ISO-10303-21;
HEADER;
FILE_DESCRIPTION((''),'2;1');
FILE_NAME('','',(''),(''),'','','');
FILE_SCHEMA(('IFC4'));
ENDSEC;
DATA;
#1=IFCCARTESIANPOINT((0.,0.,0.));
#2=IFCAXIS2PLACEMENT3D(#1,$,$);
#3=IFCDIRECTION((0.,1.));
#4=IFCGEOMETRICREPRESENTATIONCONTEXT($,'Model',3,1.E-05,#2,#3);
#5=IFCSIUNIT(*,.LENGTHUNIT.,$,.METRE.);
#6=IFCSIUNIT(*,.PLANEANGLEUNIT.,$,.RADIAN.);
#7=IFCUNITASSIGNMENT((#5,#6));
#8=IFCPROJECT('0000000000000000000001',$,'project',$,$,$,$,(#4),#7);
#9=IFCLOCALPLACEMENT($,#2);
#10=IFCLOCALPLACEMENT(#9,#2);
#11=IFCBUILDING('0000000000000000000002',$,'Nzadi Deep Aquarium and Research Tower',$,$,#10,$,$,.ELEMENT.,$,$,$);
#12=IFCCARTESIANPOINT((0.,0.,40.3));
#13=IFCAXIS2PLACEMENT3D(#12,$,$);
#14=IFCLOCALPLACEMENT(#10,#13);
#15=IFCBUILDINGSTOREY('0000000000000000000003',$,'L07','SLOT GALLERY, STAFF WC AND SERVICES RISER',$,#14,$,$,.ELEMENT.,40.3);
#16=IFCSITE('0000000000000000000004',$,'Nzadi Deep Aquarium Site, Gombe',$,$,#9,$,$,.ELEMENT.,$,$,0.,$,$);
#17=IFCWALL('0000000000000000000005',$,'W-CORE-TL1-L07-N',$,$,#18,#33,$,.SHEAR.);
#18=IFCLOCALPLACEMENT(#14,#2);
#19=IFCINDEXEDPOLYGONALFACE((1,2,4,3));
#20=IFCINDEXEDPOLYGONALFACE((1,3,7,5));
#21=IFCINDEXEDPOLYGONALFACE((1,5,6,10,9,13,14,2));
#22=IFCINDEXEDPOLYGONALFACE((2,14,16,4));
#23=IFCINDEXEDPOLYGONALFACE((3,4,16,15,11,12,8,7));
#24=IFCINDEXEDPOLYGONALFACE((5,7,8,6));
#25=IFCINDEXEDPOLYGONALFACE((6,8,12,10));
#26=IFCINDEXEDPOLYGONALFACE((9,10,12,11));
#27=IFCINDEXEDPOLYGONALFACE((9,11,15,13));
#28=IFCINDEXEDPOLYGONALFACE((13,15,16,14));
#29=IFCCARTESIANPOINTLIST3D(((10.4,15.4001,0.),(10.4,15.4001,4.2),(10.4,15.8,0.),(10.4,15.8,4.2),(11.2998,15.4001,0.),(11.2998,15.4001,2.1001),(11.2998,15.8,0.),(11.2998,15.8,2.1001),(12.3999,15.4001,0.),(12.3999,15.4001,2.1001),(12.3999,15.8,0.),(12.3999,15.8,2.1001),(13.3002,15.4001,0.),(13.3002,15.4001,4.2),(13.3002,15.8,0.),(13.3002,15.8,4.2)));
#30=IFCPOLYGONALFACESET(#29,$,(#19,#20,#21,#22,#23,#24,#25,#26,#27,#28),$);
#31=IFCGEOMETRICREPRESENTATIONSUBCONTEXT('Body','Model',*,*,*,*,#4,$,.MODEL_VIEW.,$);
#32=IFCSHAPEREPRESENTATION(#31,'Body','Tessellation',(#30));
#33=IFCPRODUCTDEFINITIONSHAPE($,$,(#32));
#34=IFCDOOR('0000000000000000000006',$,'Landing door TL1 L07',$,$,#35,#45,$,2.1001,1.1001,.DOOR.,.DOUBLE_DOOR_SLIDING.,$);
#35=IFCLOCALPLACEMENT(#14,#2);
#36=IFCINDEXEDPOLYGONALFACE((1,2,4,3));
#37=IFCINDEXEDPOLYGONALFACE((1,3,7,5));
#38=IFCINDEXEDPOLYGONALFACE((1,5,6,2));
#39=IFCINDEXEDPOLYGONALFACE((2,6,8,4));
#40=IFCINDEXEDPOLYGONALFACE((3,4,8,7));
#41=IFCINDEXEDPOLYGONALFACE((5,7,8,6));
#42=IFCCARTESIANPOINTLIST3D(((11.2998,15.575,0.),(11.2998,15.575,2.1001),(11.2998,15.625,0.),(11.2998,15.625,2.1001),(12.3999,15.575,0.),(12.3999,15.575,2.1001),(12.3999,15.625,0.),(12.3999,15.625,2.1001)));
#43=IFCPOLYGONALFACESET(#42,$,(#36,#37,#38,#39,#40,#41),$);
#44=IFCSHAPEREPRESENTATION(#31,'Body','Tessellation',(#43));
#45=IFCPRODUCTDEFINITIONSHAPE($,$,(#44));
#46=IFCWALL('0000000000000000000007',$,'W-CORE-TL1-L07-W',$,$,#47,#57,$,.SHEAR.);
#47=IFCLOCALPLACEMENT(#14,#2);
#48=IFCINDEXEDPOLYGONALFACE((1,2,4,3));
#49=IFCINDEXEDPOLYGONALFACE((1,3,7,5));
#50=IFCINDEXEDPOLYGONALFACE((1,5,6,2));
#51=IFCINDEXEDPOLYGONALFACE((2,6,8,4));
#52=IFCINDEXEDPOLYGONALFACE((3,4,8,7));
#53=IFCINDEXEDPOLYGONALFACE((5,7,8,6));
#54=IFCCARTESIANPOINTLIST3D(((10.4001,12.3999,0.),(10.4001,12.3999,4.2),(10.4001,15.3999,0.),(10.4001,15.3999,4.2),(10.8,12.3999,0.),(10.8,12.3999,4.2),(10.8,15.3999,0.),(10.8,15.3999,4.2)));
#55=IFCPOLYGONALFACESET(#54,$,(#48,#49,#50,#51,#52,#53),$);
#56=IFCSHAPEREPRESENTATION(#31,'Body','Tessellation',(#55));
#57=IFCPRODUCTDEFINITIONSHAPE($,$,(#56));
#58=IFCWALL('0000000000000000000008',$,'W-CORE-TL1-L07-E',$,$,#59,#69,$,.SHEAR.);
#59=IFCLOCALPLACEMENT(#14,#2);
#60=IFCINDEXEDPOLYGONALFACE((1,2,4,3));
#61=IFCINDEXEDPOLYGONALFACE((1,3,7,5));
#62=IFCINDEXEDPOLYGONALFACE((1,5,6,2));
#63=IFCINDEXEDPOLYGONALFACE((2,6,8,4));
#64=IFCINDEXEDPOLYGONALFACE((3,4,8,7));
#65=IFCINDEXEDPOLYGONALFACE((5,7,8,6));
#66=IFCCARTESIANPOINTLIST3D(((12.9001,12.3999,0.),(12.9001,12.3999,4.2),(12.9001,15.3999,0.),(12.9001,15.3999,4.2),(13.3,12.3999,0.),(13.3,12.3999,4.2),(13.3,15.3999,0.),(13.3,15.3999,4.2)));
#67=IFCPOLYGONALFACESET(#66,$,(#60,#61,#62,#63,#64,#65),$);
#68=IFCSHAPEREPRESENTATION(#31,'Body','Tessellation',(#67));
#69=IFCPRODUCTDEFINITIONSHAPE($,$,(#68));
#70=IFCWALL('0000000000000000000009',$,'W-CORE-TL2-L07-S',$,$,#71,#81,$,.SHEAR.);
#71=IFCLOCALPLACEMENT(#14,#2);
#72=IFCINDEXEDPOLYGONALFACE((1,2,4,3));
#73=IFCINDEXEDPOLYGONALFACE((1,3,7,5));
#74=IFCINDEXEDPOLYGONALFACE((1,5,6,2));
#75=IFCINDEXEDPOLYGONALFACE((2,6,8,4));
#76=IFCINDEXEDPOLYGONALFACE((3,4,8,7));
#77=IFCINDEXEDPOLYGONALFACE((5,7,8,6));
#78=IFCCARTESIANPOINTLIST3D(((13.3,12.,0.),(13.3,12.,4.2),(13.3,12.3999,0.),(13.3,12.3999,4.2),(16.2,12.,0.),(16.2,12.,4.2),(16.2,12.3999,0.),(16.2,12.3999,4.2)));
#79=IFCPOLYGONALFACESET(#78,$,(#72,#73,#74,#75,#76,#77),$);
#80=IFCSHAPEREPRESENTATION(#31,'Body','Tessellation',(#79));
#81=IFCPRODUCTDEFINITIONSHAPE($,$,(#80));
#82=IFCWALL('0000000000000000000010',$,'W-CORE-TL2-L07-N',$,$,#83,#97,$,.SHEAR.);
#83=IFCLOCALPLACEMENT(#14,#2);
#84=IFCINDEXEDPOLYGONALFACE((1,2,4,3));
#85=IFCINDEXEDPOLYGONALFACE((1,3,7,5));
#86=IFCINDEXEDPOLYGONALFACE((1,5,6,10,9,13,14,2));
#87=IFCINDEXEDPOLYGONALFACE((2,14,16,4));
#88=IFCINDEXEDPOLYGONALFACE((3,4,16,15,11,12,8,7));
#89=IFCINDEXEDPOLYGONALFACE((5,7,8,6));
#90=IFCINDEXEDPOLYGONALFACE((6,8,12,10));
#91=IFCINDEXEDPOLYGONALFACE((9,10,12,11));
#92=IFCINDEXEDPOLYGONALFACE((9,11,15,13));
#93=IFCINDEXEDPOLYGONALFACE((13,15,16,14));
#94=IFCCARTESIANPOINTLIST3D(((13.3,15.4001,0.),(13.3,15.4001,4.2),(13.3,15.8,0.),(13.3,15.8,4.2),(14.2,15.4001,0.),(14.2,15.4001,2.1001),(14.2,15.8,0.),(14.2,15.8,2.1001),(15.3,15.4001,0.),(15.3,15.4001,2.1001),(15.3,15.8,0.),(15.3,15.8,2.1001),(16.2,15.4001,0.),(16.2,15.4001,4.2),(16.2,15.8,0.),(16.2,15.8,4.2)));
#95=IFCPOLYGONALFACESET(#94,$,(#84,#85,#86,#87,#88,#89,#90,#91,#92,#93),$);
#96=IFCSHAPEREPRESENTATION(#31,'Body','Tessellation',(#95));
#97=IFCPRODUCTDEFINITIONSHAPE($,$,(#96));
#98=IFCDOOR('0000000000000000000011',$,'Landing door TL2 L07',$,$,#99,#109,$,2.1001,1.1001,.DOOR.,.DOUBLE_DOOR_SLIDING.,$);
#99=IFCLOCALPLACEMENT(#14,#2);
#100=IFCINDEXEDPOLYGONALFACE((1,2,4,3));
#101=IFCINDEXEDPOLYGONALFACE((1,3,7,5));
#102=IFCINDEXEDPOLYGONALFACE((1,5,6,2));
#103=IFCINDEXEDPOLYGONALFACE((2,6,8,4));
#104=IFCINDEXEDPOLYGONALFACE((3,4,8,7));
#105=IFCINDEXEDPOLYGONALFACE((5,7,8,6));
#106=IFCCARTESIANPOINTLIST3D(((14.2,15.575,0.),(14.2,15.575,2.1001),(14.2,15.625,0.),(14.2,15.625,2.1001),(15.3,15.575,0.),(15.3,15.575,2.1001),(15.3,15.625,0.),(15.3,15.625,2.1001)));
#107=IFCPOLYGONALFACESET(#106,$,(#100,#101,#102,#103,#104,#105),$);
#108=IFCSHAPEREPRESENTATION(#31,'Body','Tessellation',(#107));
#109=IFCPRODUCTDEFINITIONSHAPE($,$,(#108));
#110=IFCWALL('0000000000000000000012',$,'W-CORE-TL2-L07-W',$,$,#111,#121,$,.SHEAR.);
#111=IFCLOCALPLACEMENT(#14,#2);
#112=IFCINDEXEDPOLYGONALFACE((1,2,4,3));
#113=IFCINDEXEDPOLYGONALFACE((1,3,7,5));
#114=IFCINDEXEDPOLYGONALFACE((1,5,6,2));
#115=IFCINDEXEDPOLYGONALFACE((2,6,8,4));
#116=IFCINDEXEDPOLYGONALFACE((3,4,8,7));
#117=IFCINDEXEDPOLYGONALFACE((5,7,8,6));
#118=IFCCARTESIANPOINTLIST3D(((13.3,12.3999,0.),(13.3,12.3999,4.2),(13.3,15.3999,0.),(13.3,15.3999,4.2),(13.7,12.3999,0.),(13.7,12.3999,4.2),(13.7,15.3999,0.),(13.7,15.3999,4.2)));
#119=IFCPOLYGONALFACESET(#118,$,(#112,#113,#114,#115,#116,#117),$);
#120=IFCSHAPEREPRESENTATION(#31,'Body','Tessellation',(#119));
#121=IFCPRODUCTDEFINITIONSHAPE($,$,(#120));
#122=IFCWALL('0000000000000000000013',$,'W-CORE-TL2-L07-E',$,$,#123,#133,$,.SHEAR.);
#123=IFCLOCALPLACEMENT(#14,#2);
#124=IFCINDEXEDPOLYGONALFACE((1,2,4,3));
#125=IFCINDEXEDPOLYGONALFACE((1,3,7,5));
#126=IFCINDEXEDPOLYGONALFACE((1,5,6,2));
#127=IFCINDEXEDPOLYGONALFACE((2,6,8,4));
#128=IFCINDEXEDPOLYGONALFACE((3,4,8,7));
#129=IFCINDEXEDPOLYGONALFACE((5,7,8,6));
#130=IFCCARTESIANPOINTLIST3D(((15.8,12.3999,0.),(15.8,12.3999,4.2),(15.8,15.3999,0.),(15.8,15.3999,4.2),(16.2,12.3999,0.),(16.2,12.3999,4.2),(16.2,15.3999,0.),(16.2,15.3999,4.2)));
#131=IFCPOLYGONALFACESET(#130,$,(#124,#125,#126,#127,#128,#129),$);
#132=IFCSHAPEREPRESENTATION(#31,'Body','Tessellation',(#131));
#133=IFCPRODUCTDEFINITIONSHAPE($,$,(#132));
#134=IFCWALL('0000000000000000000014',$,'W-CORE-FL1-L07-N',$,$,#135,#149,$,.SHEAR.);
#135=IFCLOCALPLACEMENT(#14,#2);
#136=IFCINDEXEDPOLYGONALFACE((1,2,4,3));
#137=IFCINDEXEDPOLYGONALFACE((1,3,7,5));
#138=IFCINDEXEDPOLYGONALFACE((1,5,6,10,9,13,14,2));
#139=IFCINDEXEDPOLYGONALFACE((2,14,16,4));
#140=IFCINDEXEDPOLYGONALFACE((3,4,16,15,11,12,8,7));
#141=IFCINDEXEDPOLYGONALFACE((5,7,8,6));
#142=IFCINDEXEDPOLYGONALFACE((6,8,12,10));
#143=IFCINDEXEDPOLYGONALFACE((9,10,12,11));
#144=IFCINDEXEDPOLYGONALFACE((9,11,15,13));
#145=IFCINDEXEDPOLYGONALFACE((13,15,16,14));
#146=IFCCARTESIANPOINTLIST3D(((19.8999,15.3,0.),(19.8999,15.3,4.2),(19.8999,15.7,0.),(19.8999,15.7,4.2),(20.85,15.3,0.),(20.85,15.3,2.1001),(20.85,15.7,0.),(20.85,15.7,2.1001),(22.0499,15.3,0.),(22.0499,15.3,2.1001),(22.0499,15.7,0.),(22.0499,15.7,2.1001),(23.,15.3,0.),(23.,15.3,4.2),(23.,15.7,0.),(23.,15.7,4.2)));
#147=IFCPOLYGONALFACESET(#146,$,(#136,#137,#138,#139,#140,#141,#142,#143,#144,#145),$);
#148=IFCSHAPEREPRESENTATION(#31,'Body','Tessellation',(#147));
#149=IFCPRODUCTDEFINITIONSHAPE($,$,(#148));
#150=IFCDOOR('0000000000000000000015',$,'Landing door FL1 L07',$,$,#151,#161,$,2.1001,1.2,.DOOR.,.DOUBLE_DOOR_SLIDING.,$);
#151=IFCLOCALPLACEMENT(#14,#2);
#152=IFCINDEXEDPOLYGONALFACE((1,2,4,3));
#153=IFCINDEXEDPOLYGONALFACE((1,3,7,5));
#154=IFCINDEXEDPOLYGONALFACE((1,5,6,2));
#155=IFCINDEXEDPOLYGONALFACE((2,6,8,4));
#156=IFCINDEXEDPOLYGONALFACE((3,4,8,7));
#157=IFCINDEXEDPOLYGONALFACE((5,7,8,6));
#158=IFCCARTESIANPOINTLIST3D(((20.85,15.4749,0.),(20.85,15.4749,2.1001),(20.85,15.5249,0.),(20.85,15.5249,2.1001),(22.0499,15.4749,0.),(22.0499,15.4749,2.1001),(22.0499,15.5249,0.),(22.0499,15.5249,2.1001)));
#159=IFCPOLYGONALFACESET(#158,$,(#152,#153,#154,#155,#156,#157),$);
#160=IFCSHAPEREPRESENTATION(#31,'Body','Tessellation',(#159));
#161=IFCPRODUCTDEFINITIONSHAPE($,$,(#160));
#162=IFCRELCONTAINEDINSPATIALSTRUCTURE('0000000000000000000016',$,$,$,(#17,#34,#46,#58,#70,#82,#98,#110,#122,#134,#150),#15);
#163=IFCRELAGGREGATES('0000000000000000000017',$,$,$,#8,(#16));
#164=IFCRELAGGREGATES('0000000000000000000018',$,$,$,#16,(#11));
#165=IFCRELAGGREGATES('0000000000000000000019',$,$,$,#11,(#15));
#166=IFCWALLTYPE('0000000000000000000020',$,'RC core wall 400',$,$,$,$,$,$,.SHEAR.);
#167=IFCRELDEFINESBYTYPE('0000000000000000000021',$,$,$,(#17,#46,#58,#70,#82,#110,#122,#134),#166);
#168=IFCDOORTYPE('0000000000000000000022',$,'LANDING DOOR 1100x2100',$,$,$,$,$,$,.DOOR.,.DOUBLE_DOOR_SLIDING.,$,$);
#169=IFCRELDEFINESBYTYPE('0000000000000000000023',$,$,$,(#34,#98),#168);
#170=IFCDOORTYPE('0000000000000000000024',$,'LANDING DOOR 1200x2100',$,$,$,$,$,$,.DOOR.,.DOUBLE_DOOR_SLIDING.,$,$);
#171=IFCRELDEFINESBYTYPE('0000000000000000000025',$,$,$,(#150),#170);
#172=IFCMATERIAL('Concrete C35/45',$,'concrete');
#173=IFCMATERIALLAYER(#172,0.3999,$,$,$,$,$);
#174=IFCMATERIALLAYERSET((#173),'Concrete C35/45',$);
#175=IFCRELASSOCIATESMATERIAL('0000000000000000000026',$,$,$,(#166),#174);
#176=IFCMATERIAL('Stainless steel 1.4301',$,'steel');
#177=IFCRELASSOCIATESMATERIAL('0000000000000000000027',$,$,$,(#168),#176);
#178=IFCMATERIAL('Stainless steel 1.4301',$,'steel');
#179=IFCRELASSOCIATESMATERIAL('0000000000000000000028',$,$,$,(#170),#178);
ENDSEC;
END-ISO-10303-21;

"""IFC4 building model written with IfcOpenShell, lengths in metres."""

from ifc_helpers import new_model, si_unit, direction, frame, frame_2d, origin, place, context, subcontext, project, spatial, rectangle, extrude, material, layer, layer_set, type_object, element, fill, save


model = new_model("IFC4")

# Units and contexts
model_context = context("Model", 3, precision=1e-05, world=origin(), true_north=direction((0.0, 1.0)))
body_context = subcontext(model_context, "Body", "Model", "MODEL_VIEW")
ifc_project = project(units=[si_unit("LENGTHUNIT", "METRE"), si_unit("PLANEANGLEUNIT", "RADIAN")], contexts=[model_context])

# Site, building, storey
site_placement = place(None, origin())
site = spatial("IfcSite", under=ifc_project, at=site_placement, Name="Nzadi Deep Aquarium Site, Gombe", CompositionType="ELEMENT", RefElevation=0.0)
building_placement = place(site_placement, origin())
building = spatial("IfcBuilding", under=site, at=building_placement, Name="Nzadi Deep Aquarium and Research Tower", CompositionType="ELEMENT")
storey_placement = place(building_placement, frame((0.0, 0.0, 40.3)))
storey = spatial("IfcBuildingStorey", under=building, at=storey_placement, Name="L07", Description="SLOT GALLERY, STAFF WC AND SERVICES RISER", CompositionType="ELEMENT", Elevation=40.3)

# Wall, opening, door
ifc_material_1 = material(Name="Concrete C35/45", Category="concrete")
ifc_layer_1 = layer(ifc_material_1, 0.3999)
ifc_layer_set_1 = layer_set([ifc_layer_1], Name="Concrete C35/45")
wall_type_1 = type_object("IfcWallType", Name="RC core wall 400", PredefinedType="SHEAR", material=ifc_layer_set_1)
wall_1_placement = place(storey_placement, frame((10.3999, 15.6001, 0.0), z_axis=(0.0, 0.0, 1.0), x_axis=(1.0, 0.0, 0.0)))
wall_1 = element("IfcWall", 1, at=wall_1_placement, inside=storey, type_object=wall_type_1, Name="W-CORE-TL1-L07-N", PredefinedType="SHEAR", context=body_context, shape_type="SweptSolid", body=[
    extrude(rectangle(XDim=2.9001, YDim=0.3999, at=frame_2d((1.4502, 0.0))), origin(), (0.0, 0.0, 1.0), 4.2),
])
opening_1_placement = place(wall_1_placement, frame((0.8999, 0.0, 0.0)))
opening_1 = element("IfcOpeningElement", 2, at=opening_1_placement, cuts=wall_1, PredefinedType="OPENING", context=body_context, shape_type="SweptSolid", body=[
    extrude(rectangle(XDim=1.1001, YDim=2.1001, at=frame_2d((0.55, 1.05))), frame((0.0, 0.21, 0.0), z_axis=(0.0, -1.0, 0.0), x_axis=(1.0, 0.0, 0.0)), (0.0, 0.0, 1.0), 0.4199),
])
ifc_material_2 = material(Name="Stainless steel 1.4301", Category="steel")
door_type_1 = type_object("IfcDoorType", Name="LANDING DOOR 1100x2100", OperationType="DOUBLE_DOOR_SLIDING", PredefinedType="DOOR", material=ifc_material_2)
door_1_placement = place(opening_1_placement, origin())
door_1 = element("IfcDoor", 3, at=door_1_placement, inside=storey, type_object=door_type_1, Name="Landing door TL1 L07", OperationType="DOUBLE_DOOR_SLIDING", OverallHeight=2.1001, OverallWidth=1.1001, PredefinedType="DOOR", context=body_context, shape_type="SweptSolid", body=[
    extrude(rectangle(XDim=1.1001, YDim=2.1001, at=frame_2d((0.55, 1.05))), frame((0.0, 0.0249, 0.0), z_axis=(0.0, -1.0, 0.0), x_axis=(1.0, 0.0, 0.0)), (0.0, 0.0, 1.0), 0.05),
])
fill(opening_1, door_1)

# Walls
for number, where, z_axis, x_axis, name in (
    (4, (10.6001, 12.3999, 0.0), (0.0, 0.0, 1.0), (0.0, 1.0, 0.0), "W-CORE-TL1-L07-W"),
    (5, (13.1001, 12.3999, 0.0), (0.0, 0.0, 1.0), (0.0, 1.0, 0.0), "W-CORE-TL1-L07-E"),
):
    element("IfcWall", number, at=place(storey_placement, frame(where, z_axis=z_axis, x_axis=x_axis)), inside=storey, type_object=wall_type_1, Name=name, PredefinedType="SHEAR", context=body_context, shape_type="SweptSolid", body=[
        extrude(rectangle(XDim=3.0, YDim=0.3999, at=frame_2d((1.5, 0.0))), origin(), (0.0, 0.0, 1.0), 4.2),
    ])
wall_2_placement = place(storey_placement, frame((13.3, 12.2, 0.0), z_axis=(0.0, 0.0, 1.0), x_axis=(1.0, 0.0, 0.0)))
element("IfcWall", 6, at=wall_2_placement, inside=storey, type_object=wall_type_1, Name="W-CORE-TL2-L07-S", PredefinedType="SHEAR", context=body_context, shape_type="SweptSolid", body=[
    extrude(rectangle(XDim=2.8999, YDim=0.3999, at=frame_2d((1.45, 0.0))), origin(), (0.0, 0.0, 1.0), 4.2),
])

# Wall, opening, door
wall_3_placement = place(storey_placement, frame((13.3, 15.6001, 0.0), z_axis=(0.0, 0.0, 1.0), x_axis=(1.0, 0.0, 0.0)))
wall_3 = element("IfcWall", 7, at=wall_3_placement, inside=storey, type_object=wall_type_1, Name="W-CORE-TL2-L07-N", PredefinedType="SHEAR", context=body_context, shape_type="SweptSolid", body=[
    extrude(rectangle(XDim=2.8999, YDim=0.3999, at=frame_2d((1.45, 0.0))), origin(), (0.0, 0.0, 1.0), 4.2),
])
opening_2_placement = place(wall_3_placement, frame((0.8999, 0.0, 0.0)))
opening_2 = element("IfcOpeningElement", 8, at=opening_2_placement, cuts=wall_3, PredefinedType="OPENING", context=body_context, shape_type="SweptSolid", body=[
    extrude(rectangle(XDim=1.1001, YDim=2.1001, at=frame_2d((0.55, 1.05))), frame((0.0, 0.21, 0.0), z_axis=(0.0, -1.0, 0.0), x_axis=(1.0, 0.0, 0.0)), (0.0, 0.0, 1.0), 0.4199),
])
door_2_placement = place(opening_2_placement, origin())
door_2 = element("IfcDoor", 9, at=door_2_placement, inside=storey, type_object=door_type_1, Name="Landing door TL2 L07", OperationType="DOUBLE_DOOR_SLIDING", OverallHeight=2.1001, OverallWidth=1.1001, PredefinedType="DOOR", context=body_context, shape_type="SweptSolid", body=[
    extrude(rectangle(XDim=1.1001, YDim=2.1001, at=frame_2d((0.55, 1.05))), frame((0.0, 0.0249, 0.0), z_axis=(0.0, -1.0, 0.0), x_axis=(1.0, 0.0, 0.0)), (0.0, 0.0, 1.0), 0.05),
])
fill(opening_2, door_2)

# Walls
for number, where, z_axis, x_axis, name in (
    (10, (13.5, 12.3999, 0.0), (0.0, 0.0, 1.0), (0.0, 1.0, 0.0), "W-CORE-TL2-L07-W"),
    (11, (16.0, 12.3999, 0.0), (0.0, 0.0, 1.0), (0.0, 1.0, 0.0), "W-CORE-TL2-L07-E"),
):
    element("IfcWall", number, at=place(storey_placement, frame(where, z_axis=z_axis, x_axis=x_axis)), inside=storey, type_object=wall_type_1, Name=name, PredefinedType="SHEAR", context=body_context, shape_type="SweptSolid", body=[
        extrude(rectangle(XDim=3.0, YDim=0.3999, at=frame_2d((1.5, 0.0))), origin(), (0.0, 0.0, 1.0), 4.2),
    ])

# Wall, opening, door
wall_4_placement = place(storey_placement, frame((19.8999, 15.5, 0.0), z_axis=(0.0, 0.0, 1.0), x_axis=(1.0, 0.0, 0.0)))
wall_4 = element("IfcWall", 12, at=wall_4_placement, inside=storey, type_object=wall_type_1, Name="W-CORE-FL1-L07-N", PredefinedType="SHEAR", context=body_context, shape_type="SweptSolid", body=[
    extrude(rectangle(XDim=3.1001, YDim=0.3999, at=frame_2d((1.55, 0.0))), origin(), (0.0, 0.0, 1.0), 4.2),
])
opening_3_placement = place(wall_4_placement, frame((0.95, 0.0, 0.0)))
opening_3 = element("IfcOpeningElement", 13, at=opening_3_placement, cuts=wall_4, PredefinedType="OPENING", context=body_context, shape_type="SweptSolid", body=[
    extrude(rectangle(XDim=1.2, YDim=2.1001, at=frame_2d((0.6001, 1.05))), frame((0.0, 0.21, 0.0), z_axis=(0.0, -1.0, 0.0), x_axis=(1.0, 0.0, 0.0)), (0.0, 0.0, 1.0), 0.4199),
])
ifc_material_3 = material(Name="Stainless steel 1.4301", Category="steel")
door_type_2 = type_object("IfcDoorType", Name="LANDING DOOR 1200x2100", OperationType="DOUBLE_DOOR_SLIDING", PredefinedType="DOOR", material=ifc_material_3)
door_3_placement = place(opening_3_placement, origin())
door_3 = element("IfcDoor", 14, at=door_3_placement, inside=storey, type_object=door_type_2, Name="Landing door FL1 L07", OperationType="DOUBLE_DOOR_SLIDING", OverallHeight=2.1001, OverallWidth=1.2, PredefinedType="DOOR", context=body_context, shape_type="SweptSolid", body=[
    extrude(rectangle(XDim=1.2, YDim=2.1001, at=frame_2d((0.6001, 1.05))), frame((0.0, 0.0249, 0.0), z_axis=(0.0, -1.0, 0.0), x_axis=(1.0, 0.0, 0.0)), (0.0, 0.0, 1.0), 0.05),
])
fill(opening_3, door_3)

save(model, "model.ifc")
